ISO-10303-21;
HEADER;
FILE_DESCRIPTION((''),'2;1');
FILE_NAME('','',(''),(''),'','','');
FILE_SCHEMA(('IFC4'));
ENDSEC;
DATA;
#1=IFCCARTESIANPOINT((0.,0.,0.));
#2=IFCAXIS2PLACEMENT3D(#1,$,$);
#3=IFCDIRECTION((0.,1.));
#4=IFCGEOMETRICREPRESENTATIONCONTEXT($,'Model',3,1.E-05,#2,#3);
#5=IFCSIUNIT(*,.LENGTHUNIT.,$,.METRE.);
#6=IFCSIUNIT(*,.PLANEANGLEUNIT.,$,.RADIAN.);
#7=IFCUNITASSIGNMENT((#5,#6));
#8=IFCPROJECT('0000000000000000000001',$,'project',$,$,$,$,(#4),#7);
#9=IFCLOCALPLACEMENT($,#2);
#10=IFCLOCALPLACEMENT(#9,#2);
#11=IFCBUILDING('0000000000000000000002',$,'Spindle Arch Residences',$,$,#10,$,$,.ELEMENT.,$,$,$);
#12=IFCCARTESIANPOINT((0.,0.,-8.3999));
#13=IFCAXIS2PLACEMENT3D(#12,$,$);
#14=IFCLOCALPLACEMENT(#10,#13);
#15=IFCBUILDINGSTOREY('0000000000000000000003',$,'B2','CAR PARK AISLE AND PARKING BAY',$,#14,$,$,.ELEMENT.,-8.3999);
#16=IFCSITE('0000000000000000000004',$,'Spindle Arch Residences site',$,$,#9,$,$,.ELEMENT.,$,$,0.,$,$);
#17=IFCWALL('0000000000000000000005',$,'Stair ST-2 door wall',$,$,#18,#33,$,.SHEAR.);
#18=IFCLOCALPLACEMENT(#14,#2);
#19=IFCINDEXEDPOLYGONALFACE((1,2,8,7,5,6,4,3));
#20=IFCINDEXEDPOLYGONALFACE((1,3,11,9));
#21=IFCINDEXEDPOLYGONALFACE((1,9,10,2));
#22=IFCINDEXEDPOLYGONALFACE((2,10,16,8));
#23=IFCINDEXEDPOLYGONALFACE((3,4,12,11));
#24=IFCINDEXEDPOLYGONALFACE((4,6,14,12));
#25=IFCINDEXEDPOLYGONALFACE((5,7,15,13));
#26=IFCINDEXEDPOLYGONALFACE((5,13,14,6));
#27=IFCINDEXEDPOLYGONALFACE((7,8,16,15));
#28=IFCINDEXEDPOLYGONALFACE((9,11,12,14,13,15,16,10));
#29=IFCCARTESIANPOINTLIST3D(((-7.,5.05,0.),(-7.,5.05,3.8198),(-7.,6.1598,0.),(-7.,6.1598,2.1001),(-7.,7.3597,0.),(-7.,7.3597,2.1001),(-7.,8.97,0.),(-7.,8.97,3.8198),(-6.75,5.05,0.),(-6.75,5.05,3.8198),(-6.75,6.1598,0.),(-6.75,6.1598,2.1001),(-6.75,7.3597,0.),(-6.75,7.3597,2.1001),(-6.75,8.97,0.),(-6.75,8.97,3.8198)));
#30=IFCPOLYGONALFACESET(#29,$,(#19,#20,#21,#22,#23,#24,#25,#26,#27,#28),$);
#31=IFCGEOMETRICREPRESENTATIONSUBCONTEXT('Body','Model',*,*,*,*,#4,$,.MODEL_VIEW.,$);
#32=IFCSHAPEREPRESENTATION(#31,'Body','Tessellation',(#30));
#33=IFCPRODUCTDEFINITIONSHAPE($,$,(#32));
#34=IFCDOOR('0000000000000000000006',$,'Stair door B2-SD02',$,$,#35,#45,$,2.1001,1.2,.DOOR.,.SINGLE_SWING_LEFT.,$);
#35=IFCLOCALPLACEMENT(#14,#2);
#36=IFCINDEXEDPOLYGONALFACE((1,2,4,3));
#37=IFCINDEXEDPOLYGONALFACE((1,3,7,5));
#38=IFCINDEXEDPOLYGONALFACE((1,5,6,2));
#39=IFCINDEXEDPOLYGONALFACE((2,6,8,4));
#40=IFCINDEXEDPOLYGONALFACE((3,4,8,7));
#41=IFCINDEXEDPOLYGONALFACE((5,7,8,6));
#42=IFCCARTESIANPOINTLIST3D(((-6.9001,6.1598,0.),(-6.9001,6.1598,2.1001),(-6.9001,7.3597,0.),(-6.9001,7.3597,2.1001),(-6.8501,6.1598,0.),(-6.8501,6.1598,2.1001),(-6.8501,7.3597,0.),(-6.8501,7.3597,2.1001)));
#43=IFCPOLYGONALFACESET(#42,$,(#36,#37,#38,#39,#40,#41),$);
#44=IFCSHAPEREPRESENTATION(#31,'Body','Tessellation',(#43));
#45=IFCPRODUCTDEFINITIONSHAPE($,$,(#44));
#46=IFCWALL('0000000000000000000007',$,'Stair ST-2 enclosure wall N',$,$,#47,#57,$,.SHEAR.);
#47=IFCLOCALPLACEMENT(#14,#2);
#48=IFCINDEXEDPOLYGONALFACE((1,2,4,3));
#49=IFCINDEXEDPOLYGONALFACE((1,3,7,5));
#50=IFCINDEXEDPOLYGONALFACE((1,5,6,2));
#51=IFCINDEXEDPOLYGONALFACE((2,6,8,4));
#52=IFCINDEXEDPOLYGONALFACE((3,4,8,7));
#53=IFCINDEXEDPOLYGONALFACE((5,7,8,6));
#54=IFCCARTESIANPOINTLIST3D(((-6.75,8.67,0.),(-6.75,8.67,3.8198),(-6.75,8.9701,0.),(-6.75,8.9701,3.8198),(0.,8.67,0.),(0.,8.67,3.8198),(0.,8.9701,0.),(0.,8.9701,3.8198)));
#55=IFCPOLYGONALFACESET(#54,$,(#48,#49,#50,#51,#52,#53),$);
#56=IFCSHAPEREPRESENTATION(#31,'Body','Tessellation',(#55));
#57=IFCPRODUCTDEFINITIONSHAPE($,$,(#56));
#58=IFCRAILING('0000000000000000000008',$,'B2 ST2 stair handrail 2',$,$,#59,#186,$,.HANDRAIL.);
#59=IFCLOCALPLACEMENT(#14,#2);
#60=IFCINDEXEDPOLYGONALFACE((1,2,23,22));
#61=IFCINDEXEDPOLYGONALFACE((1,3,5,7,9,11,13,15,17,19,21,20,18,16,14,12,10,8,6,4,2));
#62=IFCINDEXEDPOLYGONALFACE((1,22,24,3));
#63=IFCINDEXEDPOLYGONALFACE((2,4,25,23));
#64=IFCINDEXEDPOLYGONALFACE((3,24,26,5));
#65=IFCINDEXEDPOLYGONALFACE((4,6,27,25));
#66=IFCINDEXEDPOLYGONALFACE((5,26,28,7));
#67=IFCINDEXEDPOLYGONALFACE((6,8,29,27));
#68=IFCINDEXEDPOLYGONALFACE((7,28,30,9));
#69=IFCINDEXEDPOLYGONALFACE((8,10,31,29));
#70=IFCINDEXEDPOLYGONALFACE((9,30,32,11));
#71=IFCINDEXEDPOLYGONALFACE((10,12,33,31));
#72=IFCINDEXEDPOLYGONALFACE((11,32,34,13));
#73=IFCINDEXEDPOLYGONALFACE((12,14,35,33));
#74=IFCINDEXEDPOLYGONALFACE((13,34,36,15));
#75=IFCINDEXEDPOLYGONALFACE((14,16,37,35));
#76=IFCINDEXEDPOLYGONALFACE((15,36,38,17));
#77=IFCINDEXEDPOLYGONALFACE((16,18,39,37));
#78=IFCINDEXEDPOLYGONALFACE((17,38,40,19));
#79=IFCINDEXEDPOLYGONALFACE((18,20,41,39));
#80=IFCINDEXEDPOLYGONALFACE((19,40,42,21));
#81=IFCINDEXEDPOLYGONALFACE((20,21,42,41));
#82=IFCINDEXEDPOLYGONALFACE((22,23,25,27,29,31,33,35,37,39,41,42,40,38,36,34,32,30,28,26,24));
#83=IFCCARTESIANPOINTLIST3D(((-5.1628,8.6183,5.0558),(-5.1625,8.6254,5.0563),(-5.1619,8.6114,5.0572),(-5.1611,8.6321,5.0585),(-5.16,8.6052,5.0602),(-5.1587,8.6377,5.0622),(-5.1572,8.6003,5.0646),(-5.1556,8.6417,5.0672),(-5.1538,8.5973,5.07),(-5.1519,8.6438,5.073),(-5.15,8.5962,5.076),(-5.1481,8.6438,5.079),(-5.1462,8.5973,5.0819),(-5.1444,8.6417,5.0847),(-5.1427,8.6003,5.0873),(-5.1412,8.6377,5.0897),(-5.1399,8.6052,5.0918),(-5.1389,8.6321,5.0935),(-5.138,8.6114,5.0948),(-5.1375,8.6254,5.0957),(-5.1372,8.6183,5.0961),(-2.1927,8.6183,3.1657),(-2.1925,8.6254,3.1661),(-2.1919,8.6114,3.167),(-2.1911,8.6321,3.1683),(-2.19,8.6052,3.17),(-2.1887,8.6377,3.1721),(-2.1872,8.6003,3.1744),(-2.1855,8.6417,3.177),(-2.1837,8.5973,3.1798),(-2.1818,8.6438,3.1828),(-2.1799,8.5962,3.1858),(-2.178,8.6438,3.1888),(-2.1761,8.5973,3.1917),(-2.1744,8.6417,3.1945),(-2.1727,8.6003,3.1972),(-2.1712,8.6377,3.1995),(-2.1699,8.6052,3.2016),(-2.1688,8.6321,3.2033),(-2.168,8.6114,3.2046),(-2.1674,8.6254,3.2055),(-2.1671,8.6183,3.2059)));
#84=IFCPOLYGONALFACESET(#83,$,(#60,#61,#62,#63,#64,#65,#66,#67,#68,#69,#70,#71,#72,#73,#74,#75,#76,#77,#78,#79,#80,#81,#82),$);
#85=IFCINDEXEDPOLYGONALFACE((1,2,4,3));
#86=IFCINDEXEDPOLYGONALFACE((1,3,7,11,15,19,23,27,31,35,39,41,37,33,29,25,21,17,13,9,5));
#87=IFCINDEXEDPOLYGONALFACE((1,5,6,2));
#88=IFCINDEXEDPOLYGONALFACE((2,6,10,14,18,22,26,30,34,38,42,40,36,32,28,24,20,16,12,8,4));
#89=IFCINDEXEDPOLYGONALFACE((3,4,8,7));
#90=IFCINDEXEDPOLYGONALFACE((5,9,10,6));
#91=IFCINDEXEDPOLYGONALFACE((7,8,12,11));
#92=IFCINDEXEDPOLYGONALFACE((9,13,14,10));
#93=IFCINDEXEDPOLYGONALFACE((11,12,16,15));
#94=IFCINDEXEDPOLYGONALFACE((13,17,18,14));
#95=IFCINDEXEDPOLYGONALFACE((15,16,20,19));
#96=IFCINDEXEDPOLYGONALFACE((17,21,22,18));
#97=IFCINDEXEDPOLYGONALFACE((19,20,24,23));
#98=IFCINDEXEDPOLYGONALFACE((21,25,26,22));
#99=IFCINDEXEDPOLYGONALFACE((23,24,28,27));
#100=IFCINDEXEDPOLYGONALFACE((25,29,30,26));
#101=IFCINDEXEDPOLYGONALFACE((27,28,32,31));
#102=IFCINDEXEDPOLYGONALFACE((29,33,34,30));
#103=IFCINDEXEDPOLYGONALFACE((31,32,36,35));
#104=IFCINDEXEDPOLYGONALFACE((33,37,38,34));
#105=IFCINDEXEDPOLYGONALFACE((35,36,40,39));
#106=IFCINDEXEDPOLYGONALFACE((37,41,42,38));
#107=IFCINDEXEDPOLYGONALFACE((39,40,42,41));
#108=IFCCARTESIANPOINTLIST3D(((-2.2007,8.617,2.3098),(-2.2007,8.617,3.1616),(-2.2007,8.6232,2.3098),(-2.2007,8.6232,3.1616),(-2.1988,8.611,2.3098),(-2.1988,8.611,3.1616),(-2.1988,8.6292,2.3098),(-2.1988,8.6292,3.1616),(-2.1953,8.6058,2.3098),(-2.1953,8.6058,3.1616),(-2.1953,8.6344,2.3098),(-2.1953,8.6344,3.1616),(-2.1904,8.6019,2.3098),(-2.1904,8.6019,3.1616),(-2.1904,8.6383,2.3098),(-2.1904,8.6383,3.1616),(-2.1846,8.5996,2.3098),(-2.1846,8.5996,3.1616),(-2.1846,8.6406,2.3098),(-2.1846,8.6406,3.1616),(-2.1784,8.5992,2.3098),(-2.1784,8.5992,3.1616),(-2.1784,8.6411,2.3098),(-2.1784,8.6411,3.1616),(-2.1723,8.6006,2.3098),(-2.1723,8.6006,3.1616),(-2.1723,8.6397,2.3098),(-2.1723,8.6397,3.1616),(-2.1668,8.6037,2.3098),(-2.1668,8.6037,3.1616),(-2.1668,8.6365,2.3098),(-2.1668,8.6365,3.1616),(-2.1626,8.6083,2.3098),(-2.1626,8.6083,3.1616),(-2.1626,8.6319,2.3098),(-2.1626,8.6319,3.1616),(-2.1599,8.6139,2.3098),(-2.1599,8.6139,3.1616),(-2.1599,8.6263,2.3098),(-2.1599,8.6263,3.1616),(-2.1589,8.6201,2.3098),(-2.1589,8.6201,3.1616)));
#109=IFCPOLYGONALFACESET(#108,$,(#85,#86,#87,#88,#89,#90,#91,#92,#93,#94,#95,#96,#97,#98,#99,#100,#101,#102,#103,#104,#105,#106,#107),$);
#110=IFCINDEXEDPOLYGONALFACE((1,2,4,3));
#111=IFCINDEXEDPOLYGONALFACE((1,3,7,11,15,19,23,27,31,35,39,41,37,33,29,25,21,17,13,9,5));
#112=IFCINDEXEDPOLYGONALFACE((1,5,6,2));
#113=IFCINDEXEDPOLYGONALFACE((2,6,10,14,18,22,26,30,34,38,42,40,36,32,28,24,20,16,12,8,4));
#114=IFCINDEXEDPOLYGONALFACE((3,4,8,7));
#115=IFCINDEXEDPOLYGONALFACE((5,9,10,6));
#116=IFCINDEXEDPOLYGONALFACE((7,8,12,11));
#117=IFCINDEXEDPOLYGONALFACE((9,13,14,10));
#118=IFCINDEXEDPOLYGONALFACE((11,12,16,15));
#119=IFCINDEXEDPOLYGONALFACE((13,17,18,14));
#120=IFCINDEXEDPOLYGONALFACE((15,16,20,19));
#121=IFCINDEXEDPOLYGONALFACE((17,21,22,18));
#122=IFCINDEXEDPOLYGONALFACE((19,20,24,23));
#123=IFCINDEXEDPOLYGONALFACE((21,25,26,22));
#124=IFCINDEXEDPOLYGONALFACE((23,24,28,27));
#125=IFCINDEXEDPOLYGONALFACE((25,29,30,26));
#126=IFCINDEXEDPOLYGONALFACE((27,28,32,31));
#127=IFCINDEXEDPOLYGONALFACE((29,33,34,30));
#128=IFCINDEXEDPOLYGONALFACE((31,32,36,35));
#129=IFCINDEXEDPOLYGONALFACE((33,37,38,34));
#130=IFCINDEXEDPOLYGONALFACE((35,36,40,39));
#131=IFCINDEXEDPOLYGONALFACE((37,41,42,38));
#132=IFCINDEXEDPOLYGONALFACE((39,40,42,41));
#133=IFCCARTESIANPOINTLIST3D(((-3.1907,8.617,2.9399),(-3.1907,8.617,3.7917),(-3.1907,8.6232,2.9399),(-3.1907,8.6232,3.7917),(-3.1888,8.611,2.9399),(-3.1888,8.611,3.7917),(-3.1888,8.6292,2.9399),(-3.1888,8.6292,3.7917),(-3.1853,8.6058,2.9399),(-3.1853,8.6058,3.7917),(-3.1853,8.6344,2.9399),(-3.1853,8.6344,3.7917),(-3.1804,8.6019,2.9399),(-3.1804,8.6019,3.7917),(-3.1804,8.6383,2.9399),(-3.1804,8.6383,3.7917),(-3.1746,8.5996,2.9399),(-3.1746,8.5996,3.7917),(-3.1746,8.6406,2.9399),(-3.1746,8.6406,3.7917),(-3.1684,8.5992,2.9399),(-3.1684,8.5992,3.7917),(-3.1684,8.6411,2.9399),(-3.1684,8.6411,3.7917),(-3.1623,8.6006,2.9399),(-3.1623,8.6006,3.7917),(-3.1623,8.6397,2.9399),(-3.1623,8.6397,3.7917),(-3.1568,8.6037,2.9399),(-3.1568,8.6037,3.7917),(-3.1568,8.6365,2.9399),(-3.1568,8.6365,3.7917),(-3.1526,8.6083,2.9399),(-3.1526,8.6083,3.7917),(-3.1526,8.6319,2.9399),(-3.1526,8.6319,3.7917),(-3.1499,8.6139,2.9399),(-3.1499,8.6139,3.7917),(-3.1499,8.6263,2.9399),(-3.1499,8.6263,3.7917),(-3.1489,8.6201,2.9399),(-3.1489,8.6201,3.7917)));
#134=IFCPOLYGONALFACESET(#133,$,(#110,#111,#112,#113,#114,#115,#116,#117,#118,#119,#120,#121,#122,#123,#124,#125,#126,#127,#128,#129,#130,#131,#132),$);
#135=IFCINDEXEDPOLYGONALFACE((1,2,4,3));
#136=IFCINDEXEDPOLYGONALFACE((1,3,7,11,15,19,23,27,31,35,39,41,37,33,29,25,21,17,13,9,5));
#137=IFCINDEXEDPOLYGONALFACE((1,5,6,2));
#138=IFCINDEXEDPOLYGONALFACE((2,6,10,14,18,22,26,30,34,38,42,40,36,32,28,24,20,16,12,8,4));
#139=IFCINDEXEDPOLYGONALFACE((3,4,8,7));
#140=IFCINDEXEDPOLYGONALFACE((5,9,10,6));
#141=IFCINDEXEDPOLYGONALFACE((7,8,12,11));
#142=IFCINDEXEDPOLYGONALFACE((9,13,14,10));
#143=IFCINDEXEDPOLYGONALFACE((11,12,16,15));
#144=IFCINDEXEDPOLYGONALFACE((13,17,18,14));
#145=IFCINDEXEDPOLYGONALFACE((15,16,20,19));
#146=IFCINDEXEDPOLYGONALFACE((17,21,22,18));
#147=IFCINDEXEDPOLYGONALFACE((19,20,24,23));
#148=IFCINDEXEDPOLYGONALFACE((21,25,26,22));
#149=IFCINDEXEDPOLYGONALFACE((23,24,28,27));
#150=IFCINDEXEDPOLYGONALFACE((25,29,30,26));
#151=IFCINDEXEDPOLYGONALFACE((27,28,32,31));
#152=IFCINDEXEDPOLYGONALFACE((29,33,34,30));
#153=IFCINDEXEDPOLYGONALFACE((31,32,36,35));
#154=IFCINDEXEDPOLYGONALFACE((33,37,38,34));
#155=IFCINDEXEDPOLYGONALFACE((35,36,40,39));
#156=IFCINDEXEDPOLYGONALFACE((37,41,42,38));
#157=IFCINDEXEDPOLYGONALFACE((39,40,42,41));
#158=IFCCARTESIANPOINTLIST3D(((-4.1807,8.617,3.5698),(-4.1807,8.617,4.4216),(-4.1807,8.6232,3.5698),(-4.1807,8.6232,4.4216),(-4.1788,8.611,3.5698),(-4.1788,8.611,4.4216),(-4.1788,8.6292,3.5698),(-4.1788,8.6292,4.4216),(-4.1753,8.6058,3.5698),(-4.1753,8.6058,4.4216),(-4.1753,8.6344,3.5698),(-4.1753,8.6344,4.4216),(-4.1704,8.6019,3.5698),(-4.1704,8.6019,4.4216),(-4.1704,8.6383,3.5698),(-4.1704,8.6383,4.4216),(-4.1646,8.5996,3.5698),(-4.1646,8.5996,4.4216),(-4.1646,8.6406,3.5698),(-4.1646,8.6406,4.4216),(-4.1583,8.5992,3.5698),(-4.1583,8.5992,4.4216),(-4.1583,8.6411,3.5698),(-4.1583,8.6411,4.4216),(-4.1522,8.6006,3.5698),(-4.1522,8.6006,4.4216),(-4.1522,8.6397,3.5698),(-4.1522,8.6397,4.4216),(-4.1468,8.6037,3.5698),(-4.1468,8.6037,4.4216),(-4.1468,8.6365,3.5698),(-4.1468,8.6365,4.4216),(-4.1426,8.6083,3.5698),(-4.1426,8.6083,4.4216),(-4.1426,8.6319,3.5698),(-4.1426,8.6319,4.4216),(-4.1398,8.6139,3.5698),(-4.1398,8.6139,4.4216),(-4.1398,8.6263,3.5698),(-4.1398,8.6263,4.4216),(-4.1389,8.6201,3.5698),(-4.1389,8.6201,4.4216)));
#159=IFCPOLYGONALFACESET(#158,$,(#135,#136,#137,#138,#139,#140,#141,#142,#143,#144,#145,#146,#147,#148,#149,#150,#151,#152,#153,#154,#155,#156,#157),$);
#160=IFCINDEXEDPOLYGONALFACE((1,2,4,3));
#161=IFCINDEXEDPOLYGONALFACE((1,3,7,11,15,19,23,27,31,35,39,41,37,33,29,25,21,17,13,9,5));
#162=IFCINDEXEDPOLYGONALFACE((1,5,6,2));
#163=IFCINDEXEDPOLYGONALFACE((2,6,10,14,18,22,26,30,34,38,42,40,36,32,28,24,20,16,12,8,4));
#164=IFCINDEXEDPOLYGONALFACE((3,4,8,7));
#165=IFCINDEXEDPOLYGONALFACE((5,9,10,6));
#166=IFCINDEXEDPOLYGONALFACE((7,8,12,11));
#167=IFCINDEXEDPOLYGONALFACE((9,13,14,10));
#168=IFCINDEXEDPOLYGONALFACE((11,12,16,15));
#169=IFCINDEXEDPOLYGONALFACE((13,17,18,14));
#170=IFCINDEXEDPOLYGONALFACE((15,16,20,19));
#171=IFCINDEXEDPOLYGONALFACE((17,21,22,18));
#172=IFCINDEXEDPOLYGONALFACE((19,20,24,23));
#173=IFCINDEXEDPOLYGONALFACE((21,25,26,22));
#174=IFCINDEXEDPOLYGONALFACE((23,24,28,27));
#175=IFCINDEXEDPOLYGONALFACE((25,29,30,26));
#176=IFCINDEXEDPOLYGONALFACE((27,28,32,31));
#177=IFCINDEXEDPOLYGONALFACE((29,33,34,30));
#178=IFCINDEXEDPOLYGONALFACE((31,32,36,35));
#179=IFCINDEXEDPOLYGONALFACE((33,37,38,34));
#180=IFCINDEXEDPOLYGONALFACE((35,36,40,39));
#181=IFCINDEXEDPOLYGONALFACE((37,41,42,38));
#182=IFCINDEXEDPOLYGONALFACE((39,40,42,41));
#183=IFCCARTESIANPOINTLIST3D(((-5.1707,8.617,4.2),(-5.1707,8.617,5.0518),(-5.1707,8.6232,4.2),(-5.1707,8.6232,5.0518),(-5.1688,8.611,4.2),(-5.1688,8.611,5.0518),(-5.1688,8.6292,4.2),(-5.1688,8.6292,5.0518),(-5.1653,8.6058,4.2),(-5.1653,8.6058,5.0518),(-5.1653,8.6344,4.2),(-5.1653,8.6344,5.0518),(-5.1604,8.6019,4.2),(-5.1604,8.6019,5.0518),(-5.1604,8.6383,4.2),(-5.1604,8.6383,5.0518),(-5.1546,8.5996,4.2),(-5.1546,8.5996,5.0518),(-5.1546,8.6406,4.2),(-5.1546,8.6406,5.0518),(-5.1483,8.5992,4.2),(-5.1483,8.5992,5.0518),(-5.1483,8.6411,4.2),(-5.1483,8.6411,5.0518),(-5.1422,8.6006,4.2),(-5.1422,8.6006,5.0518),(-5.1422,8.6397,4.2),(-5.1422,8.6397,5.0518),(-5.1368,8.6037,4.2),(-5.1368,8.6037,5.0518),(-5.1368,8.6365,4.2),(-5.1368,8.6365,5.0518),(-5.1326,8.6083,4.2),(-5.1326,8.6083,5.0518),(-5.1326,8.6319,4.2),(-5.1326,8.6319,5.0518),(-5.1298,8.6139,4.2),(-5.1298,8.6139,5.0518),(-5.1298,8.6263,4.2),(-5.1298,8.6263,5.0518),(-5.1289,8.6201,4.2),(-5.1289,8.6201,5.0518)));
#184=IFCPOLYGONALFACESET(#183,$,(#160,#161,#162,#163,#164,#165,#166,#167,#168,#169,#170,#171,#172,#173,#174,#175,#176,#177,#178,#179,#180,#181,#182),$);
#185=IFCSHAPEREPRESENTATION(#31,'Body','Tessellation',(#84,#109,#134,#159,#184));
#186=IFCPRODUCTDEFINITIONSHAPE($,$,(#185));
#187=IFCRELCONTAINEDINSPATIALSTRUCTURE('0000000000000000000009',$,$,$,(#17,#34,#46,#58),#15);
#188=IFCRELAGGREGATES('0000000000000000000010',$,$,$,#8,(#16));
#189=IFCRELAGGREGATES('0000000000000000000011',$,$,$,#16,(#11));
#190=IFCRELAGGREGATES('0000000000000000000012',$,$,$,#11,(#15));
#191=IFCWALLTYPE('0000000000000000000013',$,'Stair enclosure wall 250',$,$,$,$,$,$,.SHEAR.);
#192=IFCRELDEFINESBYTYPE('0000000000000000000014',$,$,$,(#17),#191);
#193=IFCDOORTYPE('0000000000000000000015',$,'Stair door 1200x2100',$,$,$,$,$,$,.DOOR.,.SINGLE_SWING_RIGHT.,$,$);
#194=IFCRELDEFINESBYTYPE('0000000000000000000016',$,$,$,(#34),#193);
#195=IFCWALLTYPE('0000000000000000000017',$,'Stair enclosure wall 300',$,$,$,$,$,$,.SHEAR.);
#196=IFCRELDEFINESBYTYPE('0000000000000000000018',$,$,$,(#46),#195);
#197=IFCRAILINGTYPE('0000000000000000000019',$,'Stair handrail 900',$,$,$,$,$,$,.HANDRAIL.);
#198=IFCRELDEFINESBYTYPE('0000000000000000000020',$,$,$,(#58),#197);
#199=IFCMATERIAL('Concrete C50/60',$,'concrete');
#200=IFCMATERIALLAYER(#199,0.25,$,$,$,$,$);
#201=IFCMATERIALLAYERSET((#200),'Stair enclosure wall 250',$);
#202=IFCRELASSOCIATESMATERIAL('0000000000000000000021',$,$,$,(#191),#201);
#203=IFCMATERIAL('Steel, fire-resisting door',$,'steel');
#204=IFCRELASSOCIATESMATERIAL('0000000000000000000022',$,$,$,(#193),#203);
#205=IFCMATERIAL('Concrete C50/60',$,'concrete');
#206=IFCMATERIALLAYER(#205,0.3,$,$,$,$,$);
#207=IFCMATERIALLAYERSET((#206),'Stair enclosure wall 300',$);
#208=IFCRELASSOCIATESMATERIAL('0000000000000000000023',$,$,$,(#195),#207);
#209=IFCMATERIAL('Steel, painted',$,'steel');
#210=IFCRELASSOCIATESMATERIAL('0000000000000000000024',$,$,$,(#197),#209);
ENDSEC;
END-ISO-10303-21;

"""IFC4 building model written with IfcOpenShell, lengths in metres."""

from ifc_helpers import new_model, si_unit, direction, frame, frame_2d, origin, origin_2d, place, context, subcontext, project, spatial, rectangle, circle, extrude, material, layer, layer_set, type_object, element, fill, save


model = new_model("IFC4")

# Units and contexts
model_context = context("Model", 3, precision=1e-05, world=origin(), true_north=direction((0.0, 1.0)))
body_context = subcontext(model_context, "Body", "Model", "MODEL_VIEW")
ifc_project = project(units=[si_unit("LENGTHUNIT", "METRE"), si_unit("PLANEANGLEUNIT", "RADIAN")], contexts=[model_context])

# Site, building, storey
site_placement = place(None, origin())
site = spatial("IfcSite", under=ifc_project, at=site_placement, Name="Spindle Arch Residences site", CompositionType="ELEMENT", RefElevation=0.0)
building_placement = place(site_placement, origin())
building = spatial("IfcBuilding", under=site, at=building_placement, Name="Spindle Arch Residences", CompositionType="ELEMENT")
storey_placement = place(building_placement, frame((0.0, 0.0, -8.3999)))
storey = spatial("IfcBuildingStorey", under=building, at=storey_placement, Name="B2", Description="CAR PARK AISLE AND PARKING BAY", CompositionType="ELEMENT", Elevation=-8.3999)

# Wall, opening, door
ifc_material_1 = material(Name="Concrete C50/60", Category="concrete")
ifc_layer_1 = layer(ifc_material_1, 0.25)
ifc_layer_set_1 = layer_set([ifc_layer_1], Name="Stair enclosure wall 250")
wall_type_1 = type_object("IfcWallType", Name="Stair enclosure wall 250", PredefinedType="SHEAR", material=ifc_layer_set_1)
wall_1_placement = place(storey_placement, frame((-6.875, 8.97, 0.0), z_axis=(0.0, 0.0, 1.0), x_axis=(0.0, -1.0, 0.0)))
wall_1 = element("IfcWall", 1, at=wall_1_placement, inside=storey, type_object=wall_type_1, Name="Stair ST-2 door wall", PredefinedType="SHEAR", context=body_context, shape_type="SweptSolid", body=[
    extrude(rectangle(XDim=3.9199, YDim=0.25, at=frame_2d((1.96, 0.0))), origin(), (0.0, 0.0, 1.0), 3.8198),
])
opening_1_placement = place(wall_1_placement, frame((1.6101, 0.0, 0.0)))
opening_1 = element("IfcOpeningElement", 2, at=opening_1_placement, cuts=wall_1, PredefinedType="OPENING", context=body_context, shape_type="SweptSolid", body=[
    extrude(rectangle(XDim=1.2, YDim=2.1001, at=frame_2d((0.6001, 1.05))), frame((0.0, 0.135, 0.0), z_axis=(0.0, -1.0, 0.0), x_axis=(1.0, 0.0, 0.0)), (0.0, 0.0, 1.0), 0.27),
])
ifc_material_2 = material(Name="Steel, fire-resisting door", Category="steel")
door_type_1 = type_object("IfcDoorType", Name="Stair door 1200x2100", OperationType="SINGLE_SWING_RIGHT", PredefinedType="DOOR", material=ifc_material_2)
door_1_placement = place(opening_1_placement, origin())
door_1 = element("IfcDoor", 3, at=door_1_placement, inside=storey, type_object=door_type_1, Name="Stair door B2-SD02", OperationType="SINGLE_SWING_LEFT", OverallHeight=2.1001, OverallWidth=1.2, PredefinedType="DOOR", context=body_context, shape_type="SweptSolid", body=[
    extrude(rectangle(XDim=1.2, YDim=2.1001, at=frame_2d((0.6001, 1.05))), frame((0.0, 0.0249, 0.0), z_axis=(0.0, -1.0, 0.0), x_axis=(1.0, 0.0, 0.0)), (0.0, 0.0, 1.0), 0.05),
])
fill(opening_1, door_1)

# Wall
ifc_material_3 = material(Name="Concrete C50/60", Category="concrete")
ifc_layer_2 = layer(ifc_material_3, 0.3)
ifc_layer_set_2 = layer_set([ifc_layer_2], Name="Stair enclosure wall 300")
wall_type_2 = type_object("IfcWallType", Name="Stair enclosure wall 300", PredefinedType="SHEAR", material=ifc_layer_set_2)
wall_2_placement = place(storey_placement, frame((-6.75, 8.8201, 0.0), z_axis=(0.0, 0.0, 1.0), x_axis=(1.0, 0.0, 0.0)))
element("IfcWall", 4, at=wall_2_placement, inside=storey, type_object=wall_type_2, Name="Stair ST-2 enclosure wall N", PredefinedType="SHEAR", context=body_context, shape_type="SweptSolid", body=[
    extrude(rectangle(XDim=6.75, YDim=0.3, at=frame_2d((3.375, 0.0))), origin(), (0.0, 0.0, 1.0), 3.8198),
])

# Railing
ifc_material_4 = material(Name="Steel, painted", Category="steel")
railing_type = type_object("IfcRailingType", Name="Stair handrail 900", PredefinedType="HANDRAIL", material=ifc_material_4)
railing_placement = place(storey_placement, frame((-2.1799, 8.6201, 2.3098)))
element("IfcRailing", 5, at=railing_placement, inside=storey, type_object=railing_type, Name="B2 ST2 stair handrail 2", PredefinedType="HANDRAIL", context=body_context, shape_type="SweptSolid", body=[
    extrude(circle(Radius=0.0239, at=origin_2d()), frame((0.0, 0.0, 0.876), z_axis=(-0.843641, 0.0, 0.536907), x_axis=(0.0, -1.0, 0.0)), (0.0, 0.0, 1.0), 3.5205),
    extrude(circle(Radius=0.021, at=origin_2d()), origin(), (0.0, 0.0, 1.0), 0.8518),
    extrude(circle(Radius=0.021, at=origin_2d()), frame((-0.99, 0.0, 0.6301)), (0.0, 0.0, 1.0), 0.8518),
    extrude(circle(Radius=0.021, at=origin_2d()), frame((-1.98, 0.0, 1.26)), (0.0, 0.0, 1.0), 0.8518),
    extrude(circle(Radius=0.021, at=origin_2d()), frame((-2.97, 0.0, 1.8901)), (0.0, 0.0, 1.0), 0.8518),
])

save(model, "model.ifc")
